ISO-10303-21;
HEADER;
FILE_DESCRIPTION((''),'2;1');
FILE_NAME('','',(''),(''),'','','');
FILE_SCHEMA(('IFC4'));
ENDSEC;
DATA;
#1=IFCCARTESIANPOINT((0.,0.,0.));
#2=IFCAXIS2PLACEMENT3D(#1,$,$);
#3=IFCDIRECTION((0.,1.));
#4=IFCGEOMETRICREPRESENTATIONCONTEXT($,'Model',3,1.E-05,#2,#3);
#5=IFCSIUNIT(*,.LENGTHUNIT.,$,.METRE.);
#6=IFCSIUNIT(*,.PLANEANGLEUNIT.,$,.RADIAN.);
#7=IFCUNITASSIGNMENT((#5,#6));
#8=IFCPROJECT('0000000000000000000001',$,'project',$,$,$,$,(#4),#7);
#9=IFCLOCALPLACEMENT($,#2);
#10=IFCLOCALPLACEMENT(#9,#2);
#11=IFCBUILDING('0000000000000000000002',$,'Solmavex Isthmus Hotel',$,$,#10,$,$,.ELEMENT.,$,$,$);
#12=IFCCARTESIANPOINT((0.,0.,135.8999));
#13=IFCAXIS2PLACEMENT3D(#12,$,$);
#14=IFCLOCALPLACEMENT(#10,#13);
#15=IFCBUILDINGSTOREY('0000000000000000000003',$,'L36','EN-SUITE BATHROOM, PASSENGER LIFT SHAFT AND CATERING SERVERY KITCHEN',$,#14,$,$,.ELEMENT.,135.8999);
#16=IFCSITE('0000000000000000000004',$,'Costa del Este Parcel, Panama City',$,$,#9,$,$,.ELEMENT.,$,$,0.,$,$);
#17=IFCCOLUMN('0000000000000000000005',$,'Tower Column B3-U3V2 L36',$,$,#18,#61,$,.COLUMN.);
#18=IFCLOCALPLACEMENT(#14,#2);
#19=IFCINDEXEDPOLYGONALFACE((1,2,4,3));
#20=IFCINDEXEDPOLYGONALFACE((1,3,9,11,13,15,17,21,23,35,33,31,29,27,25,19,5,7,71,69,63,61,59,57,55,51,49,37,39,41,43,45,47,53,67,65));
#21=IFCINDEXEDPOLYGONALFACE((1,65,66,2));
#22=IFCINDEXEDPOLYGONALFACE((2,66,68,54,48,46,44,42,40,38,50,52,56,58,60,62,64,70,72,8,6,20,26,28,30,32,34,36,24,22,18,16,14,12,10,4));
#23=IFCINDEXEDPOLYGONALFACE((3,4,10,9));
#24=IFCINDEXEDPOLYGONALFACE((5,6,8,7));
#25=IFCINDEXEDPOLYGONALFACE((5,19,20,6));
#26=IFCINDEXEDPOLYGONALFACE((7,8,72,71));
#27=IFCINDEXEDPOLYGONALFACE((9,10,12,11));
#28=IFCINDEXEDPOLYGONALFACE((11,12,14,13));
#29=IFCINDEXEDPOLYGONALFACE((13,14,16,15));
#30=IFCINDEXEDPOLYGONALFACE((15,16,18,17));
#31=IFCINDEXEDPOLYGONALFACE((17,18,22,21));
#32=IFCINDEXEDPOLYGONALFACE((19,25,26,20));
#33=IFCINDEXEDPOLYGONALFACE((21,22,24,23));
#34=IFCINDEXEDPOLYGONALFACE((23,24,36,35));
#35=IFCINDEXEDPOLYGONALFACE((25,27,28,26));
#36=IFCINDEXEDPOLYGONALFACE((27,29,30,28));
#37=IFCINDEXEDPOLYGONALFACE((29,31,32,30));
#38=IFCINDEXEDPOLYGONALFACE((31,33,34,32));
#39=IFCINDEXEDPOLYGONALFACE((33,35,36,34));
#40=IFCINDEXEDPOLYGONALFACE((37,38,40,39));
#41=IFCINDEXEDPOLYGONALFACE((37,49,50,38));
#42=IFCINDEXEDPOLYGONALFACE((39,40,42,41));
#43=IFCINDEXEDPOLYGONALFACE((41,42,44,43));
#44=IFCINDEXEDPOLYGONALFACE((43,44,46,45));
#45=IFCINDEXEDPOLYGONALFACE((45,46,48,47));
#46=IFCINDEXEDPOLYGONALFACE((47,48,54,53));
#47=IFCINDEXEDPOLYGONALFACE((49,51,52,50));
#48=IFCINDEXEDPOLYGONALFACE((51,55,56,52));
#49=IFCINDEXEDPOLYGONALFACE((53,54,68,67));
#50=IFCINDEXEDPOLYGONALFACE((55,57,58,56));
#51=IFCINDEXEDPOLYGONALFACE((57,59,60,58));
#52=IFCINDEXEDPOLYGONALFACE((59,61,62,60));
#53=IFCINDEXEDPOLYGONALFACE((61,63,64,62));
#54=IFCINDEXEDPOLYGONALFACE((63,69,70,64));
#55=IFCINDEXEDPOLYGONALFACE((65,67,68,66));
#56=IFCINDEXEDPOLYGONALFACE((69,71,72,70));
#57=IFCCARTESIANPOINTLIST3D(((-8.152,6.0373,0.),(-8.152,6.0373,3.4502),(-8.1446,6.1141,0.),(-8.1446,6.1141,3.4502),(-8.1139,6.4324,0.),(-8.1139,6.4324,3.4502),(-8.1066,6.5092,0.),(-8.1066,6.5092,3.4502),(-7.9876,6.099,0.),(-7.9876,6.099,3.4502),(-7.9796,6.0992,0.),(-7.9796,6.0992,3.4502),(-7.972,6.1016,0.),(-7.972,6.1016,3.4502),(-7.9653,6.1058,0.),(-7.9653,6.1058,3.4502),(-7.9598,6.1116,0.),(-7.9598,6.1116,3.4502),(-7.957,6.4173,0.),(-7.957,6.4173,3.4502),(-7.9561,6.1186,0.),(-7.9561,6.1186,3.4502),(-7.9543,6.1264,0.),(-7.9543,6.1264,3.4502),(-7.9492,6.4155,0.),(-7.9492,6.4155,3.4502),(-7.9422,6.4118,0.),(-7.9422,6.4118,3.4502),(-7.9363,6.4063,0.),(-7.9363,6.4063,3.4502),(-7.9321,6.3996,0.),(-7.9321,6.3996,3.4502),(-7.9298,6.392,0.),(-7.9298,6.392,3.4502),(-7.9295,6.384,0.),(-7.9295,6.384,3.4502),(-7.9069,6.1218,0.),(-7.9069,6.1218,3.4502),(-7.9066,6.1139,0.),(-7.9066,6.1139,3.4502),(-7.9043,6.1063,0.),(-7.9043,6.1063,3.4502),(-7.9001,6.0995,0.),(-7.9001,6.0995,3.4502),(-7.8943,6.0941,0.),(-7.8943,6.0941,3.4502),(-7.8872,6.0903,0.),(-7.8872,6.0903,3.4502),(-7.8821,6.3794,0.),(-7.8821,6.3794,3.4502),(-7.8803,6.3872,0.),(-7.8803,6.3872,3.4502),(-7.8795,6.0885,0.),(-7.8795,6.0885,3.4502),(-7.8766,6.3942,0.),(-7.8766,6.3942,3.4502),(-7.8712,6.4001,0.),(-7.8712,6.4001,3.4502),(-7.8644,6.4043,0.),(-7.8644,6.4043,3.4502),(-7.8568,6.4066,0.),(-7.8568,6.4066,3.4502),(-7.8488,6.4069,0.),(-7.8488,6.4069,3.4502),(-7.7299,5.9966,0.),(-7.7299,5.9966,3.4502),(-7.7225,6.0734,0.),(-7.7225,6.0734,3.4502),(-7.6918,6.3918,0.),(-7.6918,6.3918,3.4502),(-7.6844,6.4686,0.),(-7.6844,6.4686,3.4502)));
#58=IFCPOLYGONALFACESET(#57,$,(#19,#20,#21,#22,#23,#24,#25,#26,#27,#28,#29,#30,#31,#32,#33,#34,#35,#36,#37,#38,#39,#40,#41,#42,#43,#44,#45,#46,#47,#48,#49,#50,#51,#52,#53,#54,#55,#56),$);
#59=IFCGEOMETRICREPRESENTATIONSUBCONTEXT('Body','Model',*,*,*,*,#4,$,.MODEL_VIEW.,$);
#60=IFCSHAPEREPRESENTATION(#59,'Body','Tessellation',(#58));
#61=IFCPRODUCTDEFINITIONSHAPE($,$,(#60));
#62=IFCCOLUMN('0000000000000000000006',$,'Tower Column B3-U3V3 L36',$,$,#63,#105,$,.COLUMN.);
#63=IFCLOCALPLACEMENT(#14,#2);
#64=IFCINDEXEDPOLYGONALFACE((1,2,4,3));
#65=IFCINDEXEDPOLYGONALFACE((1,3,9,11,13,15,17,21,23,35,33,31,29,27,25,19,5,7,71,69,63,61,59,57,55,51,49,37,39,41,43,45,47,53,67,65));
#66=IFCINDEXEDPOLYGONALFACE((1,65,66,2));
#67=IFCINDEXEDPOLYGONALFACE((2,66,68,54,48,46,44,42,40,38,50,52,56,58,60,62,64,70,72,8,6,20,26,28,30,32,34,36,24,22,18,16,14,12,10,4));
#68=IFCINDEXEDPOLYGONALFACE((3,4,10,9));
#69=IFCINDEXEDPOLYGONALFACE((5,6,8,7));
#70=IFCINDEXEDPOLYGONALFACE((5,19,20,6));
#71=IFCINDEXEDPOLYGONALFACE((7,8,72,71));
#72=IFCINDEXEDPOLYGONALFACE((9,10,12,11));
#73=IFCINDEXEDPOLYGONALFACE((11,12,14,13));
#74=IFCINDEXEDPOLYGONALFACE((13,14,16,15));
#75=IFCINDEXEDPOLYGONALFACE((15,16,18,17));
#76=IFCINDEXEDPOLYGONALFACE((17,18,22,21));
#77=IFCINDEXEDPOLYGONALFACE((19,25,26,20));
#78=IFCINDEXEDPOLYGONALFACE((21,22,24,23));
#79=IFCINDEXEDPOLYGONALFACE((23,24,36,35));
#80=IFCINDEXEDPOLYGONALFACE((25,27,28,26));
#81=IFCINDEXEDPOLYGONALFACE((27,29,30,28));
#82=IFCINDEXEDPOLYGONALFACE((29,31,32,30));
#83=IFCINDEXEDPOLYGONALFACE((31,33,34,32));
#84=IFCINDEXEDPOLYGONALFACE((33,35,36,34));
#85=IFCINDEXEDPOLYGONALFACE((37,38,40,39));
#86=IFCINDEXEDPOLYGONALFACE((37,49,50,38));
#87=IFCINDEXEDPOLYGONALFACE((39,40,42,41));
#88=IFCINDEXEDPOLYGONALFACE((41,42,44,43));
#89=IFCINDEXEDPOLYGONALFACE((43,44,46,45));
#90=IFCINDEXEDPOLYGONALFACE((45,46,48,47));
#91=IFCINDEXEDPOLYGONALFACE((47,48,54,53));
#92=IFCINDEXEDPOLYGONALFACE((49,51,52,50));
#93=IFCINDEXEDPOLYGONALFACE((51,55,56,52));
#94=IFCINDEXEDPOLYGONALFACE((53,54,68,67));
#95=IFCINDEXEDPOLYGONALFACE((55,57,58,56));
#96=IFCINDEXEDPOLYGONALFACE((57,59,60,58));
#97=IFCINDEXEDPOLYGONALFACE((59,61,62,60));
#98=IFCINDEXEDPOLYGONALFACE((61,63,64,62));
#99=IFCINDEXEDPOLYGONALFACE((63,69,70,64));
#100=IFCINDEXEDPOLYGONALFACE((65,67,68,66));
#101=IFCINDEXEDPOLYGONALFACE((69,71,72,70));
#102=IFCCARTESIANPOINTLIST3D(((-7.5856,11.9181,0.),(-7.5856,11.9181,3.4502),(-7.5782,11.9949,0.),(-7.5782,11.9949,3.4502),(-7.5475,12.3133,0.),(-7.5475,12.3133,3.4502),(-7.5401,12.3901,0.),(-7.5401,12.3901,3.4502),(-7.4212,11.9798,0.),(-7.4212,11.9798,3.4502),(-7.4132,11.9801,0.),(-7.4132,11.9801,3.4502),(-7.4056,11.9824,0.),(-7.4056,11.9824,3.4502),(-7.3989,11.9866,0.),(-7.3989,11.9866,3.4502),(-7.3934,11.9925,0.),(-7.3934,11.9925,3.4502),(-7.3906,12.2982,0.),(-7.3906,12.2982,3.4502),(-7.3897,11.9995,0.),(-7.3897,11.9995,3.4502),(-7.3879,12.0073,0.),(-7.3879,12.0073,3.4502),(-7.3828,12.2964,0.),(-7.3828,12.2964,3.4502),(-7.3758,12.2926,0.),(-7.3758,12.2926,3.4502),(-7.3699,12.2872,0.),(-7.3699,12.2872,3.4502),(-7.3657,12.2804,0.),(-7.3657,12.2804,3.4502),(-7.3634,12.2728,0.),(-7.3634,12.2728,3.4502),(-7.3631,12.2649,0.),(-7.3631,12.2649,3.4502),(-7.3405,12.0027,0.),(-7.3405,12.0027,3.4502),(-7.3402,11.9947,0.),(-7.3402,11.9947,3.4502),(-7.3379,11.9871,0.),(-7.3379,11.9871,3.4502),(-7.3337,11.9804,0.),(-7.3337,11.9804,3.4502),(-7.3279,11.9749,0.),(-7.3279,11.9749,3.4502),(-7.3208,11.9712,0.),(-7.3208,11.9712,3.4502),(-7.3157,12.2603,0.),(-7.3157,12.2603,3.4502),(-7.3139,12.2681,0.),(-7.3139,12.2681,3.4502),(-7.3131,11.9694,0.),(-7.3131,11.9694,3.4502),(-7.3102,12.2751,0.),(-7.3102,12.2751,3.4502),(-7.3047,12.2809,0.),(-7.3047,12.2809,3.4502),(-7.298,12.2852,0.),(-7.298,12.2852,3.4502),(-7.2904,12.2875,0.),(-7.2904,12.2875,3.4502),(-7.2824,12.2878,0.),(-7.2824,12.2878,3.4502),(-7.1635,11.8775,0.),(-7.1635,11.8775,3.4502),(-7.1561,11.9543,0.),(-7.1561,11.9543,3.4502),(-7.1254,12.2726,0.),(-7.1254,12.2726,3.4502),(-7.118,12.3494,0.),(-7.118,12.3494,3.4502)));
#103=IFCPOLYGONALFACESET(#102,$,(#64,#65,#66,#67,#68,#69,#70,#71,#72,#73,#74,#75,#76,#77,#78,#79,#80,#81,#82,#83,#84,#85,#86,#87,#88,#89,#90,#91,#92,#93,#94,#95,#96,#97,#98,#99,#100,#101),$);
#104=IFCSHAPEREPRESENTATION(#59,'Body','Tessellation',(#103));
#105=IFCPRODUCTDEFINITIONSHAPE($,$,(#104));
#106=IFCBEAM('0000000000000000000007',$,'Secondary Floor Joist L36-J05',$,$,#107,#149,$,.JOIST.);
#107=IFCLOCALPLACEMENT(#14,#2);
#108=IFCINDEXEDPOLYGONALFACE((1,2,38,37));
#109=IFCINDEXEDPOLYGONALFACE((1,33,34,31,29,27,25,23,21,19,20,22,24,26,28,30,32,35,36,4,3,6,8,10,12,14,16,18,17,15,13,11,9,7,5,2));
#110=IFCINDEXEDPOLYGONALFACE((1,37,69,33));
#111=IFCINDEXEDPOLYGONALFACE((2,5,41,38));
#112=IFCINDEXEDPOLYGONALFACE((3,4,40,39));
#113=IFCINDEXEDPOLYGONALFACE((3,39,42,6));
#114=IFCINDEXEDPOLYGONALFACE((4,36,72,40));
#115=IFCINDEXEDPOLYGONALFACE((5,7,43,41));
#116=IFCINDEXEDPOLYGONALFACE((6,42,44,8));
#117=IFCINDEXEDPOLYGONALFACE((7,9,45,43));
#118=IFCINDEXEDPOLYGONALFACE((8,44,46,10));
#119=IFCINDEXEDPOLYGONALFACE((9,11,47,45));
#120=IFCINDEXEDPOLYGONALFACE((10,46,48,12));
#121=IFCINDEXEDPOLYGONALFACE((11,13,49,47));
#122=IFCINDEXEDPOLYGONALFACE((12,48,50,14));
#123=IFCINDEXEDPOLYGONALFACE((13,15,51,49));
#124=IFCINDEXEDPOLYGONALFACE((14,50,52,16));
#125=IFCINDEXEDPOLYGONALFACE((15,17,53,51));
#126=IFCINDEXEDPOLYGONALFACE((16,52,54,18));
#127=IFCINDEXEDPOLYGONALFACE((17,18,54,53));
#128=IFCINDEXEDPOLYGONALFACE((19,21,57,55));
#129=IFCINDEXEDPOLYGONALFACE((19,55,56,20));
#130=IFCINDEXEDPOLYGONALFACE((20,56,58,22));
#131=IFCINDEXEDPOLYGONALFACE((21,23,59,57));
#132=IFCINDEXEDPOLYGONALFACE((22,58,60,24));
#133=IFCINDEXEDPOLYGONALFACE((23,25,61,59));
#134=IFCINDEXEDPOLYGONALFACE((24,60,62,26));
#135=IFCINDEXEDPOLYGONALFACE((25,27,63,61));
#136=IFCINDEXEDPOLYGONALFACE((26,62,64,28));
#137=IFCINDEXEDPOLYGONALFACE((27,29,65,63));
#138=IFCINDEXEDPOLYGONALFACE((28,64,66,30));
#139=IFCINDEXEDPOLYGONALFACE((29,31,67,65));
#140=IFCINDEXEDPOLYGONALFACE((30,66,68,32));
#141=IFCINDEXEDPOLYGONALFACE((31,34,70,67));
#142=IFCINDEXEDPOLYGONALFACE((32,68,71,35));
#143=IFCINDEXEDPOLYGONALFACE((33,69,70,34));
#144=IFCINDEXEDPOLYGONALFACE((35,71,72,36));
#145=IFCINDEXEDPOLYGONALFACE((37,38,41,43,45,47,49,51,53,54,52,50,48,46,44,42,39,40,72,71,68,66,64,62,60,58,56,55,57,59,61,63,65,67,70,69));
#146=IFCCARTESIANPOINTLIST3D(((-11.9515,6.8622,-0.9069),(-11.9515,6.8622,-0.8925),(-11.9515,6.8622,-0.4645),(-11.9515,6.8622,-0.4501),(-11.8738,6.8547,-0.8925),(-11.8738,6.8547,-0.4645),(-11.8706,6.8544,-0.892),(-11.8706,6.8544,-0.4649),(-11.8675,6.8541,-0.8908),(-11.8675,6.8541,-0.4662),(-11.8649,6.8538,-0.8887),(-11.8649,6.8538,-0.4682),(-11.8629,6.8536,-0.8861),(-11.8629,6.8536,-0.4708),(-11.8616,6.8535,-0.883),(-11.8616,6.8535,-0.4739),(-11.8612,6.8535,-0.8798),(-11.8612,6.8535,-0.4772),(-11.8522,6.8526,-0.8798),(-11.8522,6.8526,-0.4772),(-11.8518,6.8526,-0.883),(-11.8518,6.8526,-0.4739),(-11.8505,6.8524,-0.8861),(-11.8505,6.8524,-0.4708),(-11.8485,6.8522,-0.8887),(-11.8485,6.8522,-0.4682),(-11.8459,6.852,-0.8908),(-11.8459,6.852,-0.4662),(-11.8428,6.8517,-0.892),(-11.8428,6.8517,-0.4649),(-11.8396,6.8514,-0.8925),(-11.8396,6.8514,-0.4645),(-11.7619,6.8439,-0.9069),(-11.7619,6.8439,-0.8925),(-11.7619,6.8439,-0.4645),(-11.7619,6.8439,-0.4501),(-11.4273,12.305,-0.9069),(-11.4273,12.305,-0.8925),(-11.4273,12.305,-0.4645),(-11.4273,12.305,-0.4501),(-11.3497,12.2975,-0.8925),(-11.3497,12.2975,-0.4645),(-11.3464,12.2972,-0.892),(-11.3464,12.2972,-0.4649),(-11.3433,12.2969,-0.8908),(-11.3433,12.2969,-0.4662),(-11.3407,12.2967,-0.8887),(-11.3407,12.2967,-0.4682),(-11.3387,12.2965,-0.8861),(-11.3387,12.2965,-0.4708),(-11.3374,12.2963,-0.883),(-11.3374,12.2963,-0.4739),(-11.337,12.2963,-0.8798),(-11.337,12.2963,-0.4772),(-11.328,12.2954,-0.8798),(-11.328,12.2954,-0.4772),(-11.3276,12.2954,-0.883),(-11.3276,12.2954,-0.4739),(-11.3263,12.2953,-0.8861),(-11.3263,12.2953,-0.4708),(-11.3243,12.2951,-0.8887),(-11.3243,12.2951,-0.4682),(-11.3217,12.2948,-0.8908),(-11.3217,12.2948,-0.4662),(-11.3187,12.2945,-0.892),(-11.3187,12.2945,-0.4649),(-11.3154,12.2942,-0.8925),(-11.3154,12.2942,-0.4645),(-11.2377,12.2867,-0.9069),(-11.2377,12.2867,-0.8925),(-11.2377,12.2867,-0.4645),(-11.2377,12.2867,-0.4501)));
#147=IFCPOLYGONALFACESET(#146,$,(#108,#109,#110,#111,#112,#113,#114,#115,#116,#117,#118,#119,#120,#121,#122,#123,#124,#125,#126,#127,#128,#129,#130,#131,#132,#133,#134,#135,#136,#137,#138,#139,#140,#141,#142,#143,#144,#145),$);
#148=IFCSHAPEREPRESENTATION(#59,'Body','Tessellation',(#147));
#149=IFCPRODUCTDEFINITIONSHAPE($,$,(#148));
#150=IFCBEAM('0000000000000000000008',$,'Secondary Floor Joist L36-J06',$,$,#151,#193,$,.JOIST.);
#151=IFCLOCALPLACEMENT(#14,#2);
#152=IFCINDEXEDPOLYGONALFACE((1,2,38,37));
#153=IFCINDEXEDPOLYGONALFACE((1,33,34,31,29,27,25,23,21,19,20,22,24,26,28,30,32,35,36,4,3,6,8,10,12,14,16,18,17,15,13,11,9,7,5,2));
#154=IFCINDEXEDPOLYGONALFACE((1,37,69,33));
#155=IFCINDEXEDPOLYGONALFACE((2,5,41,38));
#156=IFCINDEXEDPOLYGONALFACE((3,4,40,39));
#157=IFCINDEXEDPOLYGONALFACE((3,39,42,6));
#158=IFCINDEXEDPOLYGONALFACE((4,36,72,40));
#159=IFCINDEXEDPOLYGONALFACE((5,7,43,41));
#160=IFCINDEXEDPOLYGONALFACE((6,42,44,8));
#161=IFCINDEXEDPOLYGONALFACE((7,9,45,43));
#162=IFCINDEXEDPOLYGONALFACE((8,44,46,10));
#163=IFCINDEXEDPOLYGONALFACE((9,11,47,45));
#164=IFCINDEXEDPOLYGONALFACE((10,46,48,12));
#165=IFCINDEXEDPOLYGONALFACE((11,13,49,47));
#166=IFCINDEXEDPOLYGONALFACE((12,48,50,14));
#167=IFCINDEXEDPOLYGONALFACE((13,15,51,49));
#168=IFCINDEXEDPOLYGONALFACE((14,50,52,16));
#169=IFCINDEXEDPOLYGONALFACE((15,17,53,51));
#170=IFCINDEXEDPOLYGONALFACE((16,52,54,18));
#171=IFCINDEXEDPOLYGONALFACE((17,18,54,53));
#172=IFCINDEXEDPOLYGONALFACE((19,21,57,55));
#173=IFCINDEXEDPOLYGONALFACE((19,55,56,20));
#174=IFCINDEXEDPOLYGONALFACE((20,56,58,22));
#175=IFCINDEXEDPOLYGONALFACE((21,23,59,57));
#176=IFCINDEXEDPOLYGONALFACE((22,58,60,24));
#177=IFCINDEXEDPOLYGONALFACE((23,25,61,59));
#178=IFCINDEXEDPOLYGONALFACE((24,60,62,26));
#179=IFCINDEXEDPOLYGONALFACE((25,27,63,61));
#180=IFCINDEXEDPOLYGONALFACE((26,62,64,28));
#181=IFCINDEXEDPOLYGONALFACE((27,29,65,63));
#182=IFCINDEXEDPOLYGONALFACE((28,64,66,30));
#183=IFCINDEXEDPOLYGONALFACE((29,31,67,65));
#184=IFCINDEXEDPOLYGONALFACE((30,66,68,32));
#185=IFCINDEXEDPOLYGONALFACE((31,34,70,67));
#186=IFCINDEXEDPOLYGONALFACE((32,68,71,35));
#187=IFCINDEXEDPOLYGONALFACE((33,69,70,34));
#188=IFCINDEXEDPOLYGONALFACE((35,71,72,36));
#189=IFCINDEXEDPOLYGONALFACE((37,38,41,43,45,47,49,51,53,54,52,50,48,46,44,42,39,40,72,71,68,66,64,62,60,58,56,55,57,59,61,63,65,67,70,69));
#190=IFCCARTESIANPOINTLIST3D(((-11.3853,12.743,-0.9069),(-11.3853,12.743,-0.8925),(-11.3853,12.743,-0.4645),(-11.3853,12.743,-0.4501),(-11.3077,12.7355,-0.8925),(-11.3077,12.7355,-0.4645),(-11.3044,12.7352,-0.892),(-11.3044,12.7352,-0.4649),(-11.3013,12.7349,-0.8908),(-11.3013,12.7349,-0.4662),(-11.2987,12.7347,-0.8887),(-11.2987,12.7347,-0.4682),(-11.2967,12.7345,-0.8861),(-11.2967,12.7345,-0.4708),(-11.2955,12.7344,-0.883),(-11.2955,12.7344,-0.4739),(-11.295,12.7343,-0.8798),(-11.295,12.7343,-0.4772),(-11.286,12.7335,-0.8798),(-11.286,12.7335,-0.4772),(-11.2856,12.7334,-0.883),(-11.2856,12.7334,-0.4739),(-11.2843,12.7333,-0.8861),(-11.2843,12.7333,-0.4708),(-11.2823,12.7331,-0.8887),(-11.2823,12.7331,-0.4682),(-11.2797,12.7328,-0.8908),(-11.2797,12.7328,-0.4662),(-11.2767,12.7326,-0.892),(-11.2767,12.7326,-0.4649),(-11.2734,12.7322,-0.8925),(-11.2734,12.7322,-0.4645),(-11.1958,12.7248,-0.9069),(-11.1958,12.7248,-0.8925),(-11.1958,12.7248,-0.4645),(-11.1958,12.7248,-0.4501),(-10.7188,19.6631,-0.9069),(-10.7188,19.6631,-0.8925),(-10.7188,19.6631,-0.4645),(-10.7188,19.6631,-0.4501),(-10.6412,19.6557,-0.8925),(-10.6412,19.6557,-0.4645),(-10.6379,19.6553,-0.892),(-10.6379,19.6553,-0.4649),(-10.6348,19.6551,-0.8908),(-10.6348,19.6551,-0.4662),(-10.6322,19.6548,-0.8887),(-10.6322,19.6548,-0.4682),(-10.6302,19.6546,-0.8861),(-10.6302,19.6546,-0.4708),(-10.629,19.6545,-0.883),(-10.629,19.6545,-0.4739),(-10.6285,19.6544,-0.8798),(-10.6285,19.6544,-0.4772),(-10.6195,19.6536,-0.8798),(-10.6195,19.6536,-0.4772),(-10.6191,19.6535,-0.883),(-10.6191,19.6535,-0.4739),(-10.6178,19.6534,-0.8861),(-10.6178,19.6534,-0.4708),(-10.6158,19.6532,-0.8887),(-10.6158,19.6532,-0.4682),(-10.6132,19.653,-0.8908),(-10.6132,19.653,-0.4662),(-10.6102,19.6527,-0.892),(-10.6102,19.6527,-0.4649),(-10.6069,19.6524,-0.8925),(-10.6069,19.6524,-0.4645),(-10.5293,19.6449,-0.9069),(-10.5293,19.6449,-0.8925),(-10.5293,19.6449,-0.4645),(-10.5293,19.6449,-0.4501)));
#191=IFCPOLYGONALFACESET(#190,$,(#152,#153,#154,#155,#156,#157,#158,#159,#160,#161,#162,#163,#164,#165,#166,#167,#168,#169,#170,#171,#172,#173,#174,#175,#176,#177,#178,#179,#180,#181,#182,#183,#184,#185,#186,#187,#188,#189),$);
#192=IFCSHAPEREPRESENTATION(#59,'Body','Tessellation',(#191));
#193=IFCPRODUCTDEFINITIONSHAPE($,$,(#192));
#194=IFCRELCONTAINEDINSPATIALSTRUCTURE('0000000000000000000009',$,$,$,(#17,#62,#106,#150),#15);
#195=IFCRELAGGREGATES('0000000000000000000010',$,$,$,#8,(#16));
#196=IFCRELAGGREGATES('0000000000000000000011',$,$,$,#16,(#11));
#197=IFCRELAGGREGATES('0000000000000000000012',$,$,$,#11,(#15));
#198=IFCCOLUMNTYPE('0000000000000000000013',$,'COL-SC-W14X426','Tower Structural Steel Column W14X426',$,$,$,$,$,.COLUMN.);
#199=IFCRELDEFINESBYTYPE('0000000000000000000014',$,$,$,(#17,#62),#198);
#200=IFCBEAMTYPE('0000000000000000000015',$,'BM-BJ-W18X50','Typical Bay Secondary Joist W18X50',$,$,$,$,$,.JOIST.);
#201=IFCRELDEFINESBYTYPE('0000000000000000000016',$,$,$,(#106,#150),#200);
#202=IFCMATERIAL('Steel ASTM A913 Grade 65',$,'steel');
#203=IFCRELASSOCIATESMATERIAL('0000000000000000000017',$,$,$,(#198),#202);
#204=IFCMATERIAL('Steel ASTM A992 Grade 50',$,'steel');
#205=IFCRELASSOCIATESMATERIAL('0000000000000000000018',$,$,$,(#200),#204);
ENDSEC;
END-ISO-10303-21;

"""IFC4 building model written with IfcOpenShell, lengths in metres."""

from ifc_helpers import new_model, si_unit, direction, frame, origin, origin_2d, place, context, subcontext, project, spatial, i_section, extrude, material, material_profile, profile_set, type_object, element, save


model = new_model("IFC4")

# Units and contexts
model_context = context("Model", 3, precision=1e-05, world=origin(), true_north=direction((0.0, 1.0)))
body_context = subcontext(model_context, "Body", "Model", "MODEL_VIEW")
ifc_project = project(units=[si_unit("LENGTHUNIT", "METRE"), si_unit("PLANEANGLEUNIT", "RADIAN")], contexts=[model_context])

# Site, building, storey
site_placement = place(None, origin())
site = spatial("IfcSite", under=ifc_project, at=site_placement, Name="Costa del Este Parcel, Panama City", CompositionType="ELEMENT", RefElevation=0.0)
building_placement = place(site_placement, origin())
building = spatial("IfcBuilding", under=site, at=building_placement, Name="Solmavex Isthmus Hotel", CompositionType="ELEMENT")
storey_placement = place(building_placement, frame((0.0, 0.0, 135.8999)))
storey = spatial("IfcBuildingStorey", under=building, at=storey_placement, Name="L36", Description="EN-SUITE BATHROOM, PASSENGER LIFT SHAFT AND CATERING SERVERY KITCHEN", CompositionType="ELEMENT", Elevation=135.8999)

# Columns
ifc_material_1 = material(Name="Steel ASTM A913 Grade 65", Category="steel")
ifc_material_profile_1 = material_profile(ifc_material_1, i_section(OverallWidth=0.4241, OverallDepth=0.4741, WebThickness=0.0476, FlangeThickness=0.0771, FilletRadius=0.0305, at=origin_2d()), Name="W14X426")
ifc_profile_set_1 = profile_set([ifc_material_profile_1], Name="Steel ASTM A913 Grade 65")
column_type = type_object("IfcColumnType", Name="COL-SC-W14X426", Description="Tower Structural Steel Column W14X426", PredefinedType="COLUMN", material=ifc_profile_set_1)
for number, where, z_axis, x_axis, name in (
    (1, (-7.9182, 6.2529, 0.0), (0.0, 0.0, 1.0), (0.995396, -0.095846, 0.0), "Tower Column B3-U3V2 L36"),
    (2, (-7.3518, 12.1338, 0.0), (0.0, 0.0, 1.0), (0.995396, -0.095846, 0.0), "Tower Column B3-U3V3 L36"),
):
    element("IfcColumn", number, at=place(storey_placement, frame(where, z_axis=z_axis, x_axis=x_axis)), inside=storey, type_object=column_type, Name=name, PredefinedType="COLUMN", context=body_context, shape_type="SweptSolid", body=[
        extrude(i_section(OverallWidth=0.4241, OverallDepth=0.4741, WebThickness=0.0476, FlangeThickness=0.0771, FilletRadius=0.0305, at=origin_2d()), origin(), (0.0, 0.0, 1.0), 3.4502),
    ])

# Beams
ifc_material_2 = material(Name="Steel ASTM A992 Grade 50", Category="steel")
ifc_material_profile_2 = material_profile(ifc_material_2, i_section(OverallWidth=0.1904, OverallDepth=0.4568, WebThickness=0.009, FlangeThickness=0.0144, FilletRadius=0.0127, at=origin_2d()), Name="W18X50")
ifc_profile_set_2 = profile_set([ifc_material_profile_2], Name="Steel ASTM A992 Grade 50")
beam_type_1 = type_object("IfcBeamType", Name="BM-BJ-W18X50", Description="Typical Bay Secondary Joist W18X50", PredefinedType="JOIST", material=ifc_profile_set_2)
beam_1_placement = place(storey_placement, frame((-11.8567, 6.853, -0.6785), z_axis=(0.09586, 0.995395, 0.0), x_axis=(-0.995395, 0.09586, 0.0)))
element("IfcBeam", 3, at=beam_1_placement, inside=storey, type_object=beam_type_1, Name="Secondary Floor Joist L36-J05", PredefinedType="JOIST", context=body_context, shape_type="SweptSolid", body=[
    extrude(i_section(OverallWidth=0.1904, OverallDepth=0.4568, WebThickness=0.009, FlangeThickness=0.0144, FilletRadius=0.0127, at=origin_2d()), origin(), (0.0, 0.0, 1.0), 5.468),
])
beam_2_placement = place(storey_placement, frame((-11.2905, 12.7339, -0.6785), z_axis=(0.09587, 0.995394, 0.0), x_axis=(-0.995394, 0.09587, 0.0)))
element("IfcBeam", 4, at=beam_2_placement, inside=storey, type_object=beam_type_1, Name="Secondary Floor Joist L36-J06", PredefinedType="JOIST", context=body_context, shape_type="SweptSolid", body=[
    extrude(i_section(OverallWidth=0.1904, OverallDepth=0.4568, WebThickness=0.009, FlangeThickness=0.0144, FilletRadius=0.0127, at=origin_2d()), origin(), (0.0, 0.0, 1.0), 6.9521),
])

save(model, "model.ifc")
